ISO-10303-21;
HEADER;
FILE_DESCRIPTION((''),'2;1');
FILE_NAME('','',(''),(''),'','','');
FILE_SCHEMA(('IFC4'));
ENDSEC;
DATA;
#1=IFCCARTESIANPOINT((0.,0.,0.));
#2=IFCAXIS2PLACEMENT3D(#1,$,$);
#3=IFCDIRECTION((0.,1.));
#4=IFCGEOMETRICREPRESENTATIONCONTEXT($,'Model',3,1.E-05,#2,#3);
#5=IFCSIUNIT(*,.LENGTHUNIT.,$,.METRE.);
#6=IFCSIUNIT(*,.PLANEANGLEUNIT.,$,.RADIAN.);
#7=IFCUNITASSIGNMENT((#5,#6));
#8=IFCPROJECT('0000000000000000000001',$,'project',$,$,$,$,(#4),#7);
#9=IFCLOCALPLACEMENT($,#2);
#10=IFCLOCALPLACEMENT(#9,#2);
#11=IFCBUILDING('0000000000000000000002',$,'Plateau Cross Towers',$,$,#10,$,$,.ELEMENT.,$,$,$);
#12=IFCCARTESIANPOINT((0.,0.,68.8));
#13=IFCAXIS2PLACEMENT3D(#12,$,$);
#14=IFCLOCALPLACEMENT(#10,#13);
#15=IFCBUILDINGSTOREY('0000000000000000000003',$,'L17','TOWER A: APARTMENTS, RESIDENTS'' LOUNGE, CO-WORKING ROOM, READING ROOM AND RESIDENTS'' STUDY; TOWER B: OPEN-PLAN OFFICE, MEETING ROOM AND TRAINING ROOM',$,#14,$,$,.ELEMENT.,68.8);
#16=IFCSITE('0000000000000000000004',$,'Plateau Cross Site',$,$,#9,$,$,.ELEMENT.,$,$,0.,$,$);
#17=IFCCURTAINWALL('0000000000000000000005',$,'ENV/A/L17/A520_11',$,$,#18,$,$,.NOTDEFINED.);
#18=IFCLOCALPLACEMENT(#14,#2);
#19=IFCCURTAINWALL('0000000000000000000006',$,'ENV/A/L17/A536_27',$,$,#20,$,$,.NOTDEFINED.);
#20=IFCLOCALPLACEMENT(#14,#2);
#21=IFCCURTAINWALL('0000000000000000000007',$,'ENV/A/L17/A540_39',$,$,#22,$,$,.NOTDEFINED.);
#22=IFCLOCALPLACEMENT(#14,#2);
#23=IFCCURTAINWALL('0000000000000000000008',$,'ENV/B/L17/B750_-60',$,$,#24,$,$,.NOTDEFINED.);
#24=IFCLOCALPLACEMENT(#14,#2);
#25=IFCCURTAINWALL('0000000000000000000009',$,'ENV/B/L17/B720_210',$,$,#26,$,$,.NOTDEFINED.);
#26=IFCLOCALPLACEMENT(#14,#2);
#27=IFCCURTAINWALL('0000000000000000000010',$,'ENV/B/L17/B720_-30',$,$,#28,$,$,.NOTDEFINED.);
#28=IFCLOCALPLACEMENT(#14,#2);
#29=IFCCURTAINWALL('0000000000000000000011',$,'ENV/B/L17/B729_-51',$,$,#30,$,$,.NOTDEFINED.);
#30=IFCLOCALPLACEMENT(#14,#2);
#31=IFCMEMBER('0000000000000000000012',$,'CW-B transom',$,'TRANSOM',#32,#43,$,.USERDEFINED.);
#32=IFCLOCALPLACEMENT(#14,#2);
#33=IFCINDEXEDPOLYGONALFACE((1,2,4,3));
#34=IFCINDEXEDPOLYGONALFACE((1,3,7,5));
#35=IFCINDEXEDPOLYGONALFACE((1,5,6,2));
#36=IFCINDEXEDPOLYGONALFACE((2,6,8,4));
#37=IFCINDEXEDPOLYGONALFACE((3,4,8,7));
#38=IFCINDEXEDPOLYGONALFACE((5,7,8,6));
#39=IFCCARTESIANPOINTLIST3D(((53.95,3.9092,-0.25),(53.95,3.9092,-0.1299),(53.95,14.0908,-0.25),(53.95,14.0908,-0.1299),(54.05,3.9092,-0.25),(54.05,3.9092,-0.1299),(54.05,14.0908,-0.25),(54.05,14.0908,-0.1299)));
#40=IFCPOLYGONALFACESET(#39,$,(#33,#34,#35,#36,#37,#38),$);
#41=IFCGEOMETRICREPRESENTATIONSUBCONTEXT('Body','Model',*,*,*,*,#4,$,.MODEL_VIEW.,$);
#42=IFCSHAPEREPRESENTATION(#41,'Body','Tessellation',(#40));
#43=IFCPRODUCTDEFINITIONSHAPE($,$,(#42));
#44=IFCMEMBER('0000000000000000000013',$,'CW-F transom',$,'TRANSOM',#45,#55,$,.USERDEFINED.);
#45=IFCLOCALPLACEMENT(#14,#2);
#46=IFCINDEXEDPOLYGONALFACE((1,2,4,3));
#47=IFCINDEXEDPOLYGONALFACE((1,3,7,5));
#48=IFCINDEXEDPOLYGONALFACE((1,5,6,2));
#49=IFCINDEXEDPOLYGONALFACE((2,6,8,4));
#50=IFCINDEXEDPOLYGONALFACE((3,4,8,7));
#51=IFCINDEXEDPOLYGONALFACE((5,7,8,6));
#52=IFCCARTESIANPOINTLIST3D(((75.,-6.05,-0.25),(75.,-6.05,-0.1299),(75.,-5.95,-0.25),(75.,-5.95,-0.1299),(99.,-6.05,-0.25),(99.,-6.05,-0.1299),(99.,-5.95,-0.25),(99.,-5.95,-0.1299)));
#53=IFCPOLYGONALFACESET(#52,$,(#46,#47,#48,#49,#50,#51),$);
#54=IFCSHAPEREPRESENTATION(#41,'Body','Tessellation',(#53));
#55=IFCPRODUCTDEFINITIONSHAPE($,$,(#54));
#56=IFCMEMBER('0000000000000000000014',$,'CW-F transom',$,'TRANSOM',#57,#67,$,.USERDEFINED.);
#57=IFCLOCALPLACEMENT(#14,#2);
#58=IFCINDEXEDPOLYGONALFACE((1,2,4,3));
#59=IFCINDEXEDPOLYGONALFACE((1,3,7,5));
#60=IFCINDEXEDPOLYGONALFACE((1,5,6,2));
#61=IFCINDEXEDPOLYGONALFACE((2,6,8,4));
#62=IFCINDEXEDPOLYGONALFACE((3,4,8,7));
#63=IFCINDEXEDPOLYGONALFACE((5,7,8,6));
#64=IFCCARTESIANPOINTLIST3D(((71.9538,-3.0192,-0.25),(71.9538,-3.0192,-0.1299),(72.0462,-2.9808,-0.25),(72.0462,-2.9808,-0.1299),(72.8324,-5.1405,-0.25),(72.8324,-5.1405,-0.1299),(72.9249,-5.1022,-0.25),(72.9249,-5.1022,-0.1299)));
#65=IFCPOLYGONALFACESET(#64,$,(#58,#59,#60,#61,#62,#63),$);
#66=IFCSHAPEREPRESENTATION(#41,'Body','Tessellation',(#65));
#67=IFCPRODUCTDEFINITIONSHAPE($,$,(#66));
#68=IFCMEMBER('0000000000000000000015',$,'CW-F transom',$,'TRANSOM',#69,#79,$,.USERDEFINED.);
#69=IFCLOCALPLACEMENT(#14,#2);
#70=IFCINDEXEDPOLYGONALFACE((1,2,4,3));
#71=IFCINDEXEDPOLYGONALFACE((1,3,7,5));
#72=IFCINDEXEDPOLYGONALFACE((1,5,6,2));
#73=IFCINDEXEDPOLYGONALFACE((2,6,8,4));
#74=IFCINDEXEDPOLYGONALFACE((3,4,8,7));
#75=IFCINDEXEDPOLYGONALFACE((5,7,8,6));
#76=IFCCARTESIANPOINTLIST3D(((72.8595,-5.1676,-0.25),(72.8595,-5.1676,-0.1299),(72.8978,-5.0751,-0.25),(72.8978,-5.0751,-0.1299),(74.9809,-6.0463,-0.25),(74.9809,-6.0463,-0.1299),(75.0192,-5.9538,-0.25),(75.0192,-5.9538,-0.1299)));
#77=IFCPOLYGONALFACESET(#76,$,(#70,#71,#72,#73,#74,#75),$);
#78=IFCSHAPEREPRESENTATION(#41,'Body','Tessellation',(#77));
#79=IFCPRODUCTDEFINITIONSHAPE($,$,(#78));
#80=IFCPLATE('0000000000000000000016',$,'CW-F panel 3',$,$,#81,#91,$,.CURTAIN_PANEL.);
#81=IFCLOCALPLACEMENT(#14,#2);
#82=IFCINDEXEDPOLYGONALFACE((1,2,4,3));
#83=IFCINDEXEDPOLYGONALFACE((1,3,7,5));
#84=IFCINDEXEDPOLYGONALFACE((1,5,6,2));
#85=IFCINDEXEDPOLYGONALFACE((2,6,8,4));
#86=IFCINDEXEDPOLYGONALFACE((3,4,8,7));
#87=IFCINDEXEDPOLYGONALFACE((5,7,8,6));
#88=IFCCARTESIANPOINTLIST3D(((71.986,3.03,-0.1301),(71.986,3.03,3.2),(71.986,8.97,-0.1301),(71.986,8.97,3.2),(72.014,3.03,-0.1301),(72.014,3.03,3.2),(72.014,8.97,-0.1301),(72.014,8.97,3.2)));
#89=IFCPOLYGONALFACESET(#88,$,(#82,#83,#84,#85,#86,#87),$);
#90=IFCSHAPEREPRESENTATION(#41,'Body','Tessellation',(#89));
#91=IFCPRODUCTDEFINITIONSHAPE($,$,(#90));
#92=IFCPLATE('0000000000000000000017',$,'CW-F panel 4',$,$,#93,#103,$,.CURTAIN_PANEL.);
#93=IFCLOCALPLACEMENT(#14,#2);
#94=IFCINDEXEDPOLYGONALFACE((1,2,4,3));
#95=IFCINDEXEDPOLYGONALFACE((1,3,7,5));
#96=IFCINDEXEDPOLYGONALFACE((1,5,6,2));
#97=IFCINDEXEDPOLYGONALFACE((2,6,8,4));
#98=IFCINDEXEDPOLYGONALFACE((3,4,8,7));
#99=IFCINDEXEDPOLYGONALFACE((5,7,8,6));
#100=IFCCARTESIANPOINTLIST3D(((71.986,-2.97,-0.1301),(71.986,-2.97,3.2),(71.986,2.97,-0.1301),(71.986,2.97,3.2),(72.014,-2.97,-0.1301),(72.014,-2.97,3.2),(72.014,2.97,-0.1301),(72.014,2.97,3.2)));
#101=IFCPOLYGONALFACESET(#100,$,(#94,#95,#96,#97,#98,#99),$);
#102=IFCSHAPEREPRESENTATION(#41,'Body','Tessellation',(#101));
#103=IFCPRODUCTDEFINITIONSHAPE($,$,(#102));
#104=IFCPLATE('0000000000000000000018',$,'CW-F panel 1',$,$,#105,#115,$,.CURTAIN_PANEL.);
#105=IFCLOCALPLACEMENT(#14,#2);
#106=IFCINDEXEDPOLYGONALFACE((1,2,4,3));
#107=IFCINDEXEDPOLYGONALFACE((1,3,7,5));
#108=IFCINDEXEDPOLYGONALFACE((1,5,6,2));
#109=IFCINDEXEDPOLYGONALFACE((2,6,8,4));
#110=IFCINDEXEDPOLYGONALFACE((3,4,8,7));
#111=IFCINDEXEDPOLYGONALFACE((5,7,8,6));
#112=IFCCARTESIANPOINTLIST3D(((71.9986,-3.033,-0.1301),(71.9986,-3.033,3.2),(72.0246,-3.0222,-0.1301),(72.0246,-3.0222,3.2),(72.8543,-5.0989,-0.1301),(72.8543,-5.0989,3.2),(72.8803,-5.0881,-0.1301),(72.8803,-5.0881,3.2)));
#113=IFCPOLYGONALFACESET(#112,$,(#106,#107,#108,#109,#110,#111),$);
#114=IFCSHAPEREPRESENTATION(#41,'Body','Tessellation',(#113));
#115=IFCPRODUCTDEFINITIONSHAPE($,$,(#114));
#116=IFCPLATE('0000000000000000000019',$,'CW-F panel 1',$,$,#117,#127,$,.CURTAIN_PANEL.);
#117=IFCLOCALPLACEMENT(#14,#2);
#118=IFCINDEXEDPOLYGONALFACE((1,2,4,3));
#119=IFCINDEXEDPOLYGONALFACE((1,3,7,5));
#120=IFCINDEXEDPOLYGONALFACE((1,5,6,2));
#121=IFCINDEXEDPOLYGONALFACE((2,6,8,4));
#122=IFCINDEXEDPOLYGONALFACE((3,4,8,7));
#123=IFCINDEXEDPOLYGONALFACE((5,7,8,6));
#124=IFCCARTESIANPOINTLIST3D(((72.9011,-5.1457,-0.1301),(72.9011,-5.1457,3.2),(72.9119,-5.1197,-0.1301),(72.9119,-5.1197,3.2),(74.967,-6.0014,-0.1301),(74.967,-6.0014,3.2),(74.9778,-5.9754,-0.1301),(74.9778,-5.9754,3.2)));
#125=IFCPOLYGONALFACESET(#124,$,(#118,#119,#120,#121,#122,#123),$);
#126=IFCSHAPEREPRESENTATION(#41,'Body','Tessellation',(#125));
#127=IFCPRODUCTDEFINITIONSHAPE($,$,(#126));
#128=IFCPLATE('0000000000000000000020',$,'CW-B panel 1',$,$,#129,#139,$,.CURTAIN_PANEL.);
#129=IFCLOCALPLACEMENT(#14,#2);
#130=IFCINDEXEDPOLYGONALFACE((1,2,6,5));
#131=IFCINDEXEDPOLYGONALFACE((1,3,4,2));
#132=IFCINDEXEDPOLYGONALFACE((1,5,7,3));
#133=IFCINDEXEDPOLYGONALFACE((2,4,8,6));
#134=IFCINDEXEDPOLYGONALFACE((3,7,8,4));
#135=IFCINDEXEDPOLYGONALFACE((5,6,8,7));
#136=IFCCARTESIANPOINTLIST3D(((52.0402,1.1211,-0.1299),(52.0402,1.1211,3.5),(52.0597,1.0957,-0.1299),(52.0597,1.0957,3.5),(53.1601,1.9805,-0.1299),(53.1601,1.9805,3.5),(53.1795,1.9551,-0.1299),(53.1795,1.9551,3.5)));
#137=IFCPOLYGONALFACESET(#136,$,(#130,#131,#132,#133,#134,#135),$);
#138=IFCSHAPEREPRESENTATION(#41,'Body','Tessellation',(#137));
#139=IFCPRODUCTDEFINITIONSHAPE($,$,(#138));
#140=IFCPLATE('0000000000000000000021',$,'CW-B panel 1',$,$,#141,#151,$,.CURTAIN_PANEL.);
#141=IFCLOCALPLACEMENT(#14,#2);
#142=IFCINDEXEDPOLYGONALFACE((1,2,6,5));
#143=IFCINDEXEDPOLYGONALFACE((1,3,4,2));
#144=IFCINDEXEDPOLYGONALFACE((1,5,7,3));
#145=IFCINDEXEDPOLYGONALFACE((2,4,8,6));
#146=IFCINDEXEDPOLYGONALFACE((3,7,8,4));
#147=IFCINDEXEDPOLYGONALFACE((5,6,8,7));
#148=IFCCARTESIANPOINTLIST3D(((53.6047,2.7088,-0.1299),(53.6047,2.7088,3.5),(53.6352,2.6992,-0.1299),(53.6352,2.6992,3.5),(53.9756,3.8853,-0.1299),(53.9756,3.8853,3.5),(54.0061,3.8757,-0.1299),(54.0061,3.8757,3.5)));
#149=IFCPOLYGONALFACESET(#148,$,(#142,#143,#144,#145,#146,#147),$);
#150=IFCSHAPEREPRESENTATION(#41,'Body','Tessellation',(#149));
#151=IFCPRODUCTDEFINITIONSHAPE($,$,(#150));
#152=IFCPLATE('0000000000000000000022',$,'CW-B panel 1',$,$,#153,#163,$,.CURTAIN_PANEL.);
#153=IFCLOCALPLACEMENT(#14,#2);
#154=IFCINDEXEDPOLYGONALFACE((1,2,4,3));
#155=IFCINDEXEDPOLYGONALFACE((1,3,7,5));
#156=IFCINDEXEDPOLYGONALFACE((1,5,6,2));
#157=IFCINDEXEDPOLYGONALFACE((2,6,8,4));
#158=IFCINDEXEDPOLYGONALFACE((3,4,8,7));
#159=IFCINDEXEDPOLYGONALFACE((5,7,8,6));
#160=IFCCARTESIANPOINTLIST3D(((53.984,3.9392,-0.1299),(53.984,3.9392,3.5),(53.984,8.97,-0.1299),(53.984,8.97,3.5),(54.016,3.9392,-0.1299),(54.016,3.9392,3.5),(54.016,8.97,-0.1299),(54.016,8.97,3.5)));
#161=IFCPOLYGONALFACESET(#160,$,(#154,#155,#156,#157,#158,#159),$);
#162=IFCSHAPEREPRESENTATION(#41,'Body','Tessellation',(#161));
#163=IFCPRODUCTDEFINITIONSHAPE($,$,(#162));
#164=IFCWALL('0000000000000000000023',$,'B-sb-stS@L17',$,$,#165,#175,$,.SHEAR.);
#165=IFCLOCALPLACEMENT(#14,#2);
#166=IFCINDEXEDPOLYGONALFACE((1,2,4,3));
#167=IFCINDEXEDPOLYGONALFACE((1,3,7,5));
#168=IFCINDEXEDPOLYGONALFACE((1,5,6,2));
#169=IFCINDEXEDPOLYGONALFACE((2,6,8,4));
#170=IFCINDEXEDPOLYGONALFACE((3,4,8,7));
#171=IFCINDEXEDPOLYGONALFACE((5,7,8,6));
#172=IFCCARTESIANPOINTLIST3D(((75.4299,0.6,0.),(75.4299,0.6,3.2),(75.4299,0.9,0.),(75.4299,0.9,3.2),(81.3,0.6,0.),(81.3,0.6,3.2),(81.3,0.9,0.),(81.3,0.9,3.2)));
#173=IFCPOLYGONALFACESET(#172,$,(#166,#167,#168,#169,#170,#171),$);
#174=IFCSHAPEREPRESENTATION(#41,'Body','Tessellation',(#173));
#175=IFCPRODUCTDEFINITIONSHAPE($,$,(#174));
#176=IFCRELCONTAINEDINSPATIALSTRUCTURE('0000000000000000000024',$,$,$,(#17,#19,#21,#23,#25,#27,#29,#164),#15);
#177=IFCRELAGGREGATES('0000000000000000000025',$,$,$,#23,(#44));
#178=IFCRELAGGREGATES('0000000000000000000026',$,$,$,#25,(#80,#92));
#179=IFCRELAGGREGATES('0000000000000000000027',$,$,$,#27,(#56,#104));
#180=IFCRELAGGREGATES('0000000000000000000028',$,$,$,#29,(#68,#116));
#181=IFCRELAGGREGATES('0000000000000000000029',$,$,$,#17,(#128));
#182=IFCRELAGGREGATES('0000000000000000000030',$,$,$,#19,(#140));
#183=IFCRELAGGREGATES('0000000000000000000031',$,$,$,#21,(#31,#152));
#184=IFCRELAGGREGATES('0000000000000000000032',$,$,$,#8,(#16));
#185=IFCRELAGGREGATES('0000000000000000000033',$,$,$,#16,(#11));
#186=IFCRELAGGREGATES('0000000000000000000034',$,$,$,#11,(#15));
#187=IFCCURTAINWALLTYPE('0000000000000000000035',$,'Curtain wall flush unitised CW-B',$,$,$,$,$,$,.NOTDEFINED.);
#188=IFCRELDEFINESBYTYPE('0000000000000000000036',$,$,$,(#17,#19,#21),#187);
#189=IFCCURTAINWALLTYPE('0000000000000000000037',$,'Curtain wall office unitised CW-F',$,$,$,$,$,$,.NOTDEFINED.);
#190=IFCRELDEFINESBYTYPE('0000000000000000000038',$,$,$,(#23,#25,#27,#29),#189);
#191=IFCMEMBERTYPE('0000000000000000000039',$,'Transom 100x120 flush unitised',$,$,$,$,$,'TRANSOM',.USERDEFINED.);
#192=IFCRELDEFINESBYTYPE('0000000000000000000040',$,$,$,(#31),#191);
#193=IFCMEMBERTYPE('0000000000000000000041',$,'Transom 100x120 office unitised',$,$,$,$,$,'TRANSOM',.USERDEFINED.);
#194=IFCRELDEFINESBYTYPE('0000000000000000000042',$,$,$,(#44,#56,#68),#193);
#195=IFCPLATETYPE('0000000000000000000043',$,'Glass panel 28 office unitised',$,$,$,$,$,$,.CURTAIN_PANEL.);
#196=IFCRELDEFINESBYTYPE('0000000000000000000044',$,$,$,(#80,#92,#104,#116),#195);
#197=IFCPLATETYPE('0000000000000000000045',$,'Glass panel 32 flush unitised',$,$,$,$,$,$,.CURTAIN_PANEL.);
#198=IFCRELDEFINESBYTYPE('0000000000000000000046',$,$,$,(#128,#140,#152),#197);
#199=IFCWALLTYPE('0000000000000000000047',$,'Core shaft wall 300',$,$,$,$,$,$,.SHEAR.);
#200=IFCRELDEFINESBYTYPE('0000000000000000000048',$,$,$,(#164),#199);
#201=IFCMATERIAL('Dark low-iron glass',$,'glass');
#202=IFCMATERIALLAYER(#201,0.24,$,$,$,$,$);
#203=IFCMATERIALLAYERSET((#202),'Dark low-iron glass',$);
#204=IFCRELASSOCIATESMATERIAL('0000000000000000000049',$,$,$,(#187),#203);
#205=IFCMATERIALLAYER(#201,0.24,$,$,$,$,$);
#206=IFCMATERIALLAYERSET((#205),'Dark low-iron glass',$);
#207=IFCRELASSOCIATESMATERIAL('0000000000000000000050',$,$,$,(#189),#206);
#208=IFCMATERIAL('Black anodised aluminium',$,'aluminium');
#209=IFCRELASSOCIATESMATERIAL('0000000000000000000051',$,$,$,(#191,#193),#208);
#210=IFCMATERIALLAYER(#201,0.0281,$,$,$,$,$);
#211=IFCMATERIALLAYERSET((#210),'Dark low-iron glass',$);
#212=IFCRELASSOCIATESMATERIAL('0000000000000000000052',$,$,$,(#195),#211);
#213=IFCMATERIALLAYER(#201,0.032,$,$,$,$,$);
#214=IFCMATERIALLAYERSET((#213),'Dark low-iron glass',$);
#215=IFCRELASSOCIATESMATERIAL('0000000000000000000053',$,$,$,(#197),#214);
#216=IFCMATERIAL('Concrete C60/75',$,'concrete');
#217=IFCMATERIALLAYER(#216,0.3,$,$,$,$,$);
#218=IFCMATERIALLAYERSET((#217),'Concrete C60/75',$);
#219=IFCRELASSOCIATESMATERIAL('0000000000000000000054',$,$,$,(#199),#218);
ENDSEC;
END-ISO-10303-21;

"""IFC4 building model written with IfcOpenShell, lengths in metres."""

from ifc_helpers import new_model, si_unit, direction, frame, frame_2d, origin, origin_2d, place, context, subcontext, project, spatial, rectangle, extrude, material, layer, layer_set, material_profile, profile_set, type_object, element, aggregate, save


model = new_model("IFC4")

# Units and contexts
model_context = context("Model", 3, precision=1e-05, world=origin(), true_north=direction((0.0, 1.0)))
body_context = subcontext(model_context, "Body", "Model", "MODEL_VIEW")
ifc_project = project(units=[si_unit("LENGTHUNIT", "METRE"), si_unit("PLANEANGLEUNIT", "RADIAN")], contexts=[model_context])

# Site, building, storey
site_placement = place(None, origin())
site = spatial("IfcSite", under=ifc_project, at=site_placement, Name="Plateau Cross Site", CompositionType="ELEMENT", RefElevation=0.0)
building_placement = place(site_placement, origin())
building = spatial("IfcBuilding", under=site, at=building_placement, Name="Plateau Cross Towers", CompositionType="ELEMENT")
storey_placement = place(building_placement, frame((0.0, 0.0, 68.8)))
storey = spatial("IfcBuildingStorey", under=building, at=storey_placement, Name="L17", Description="TOWER A: APARTMENTS, RESIDENTS' LOUNGE, CO-WORKING ROOM, READING ROOM AND RESIDENTS' STUDY; TOWER B: OPEN-PLAN OFFICE, MEETING ROOM AND TRAINING ROOM", CompositionType="ELEMENT", Elevation=68.8)

# Shared definitions
ifc_material_1 = material(Name="Concrete C60/75", Category="concrete")

# Curtain wall
ifc_material_2 = material(Name="Dark low-iron glass", Category="glass")
ifc_layer_1 = layer(ifc_material_2, 0.24)
ifc_layer_set_1 = layer_set([ifc_layer_1], Name="Dark low-iron glass")
curtain_wall_type_1 = type_object("IfcCurtainWallType", Name="Curtain wall flush unitised CW-B", PredefinedType="NOTDEFINED", material=ifc_layer_set_1)
curtain_wall_1_placement = place(storey_placement, origin())
curtain_wall_1 = element("IfcCurtainWall", 1, at=curtain_wall_1_placement, inside=storey, type_object=curtain_wall_type_1, Name="ENV/A/L17/A520_11", PredefinedType="NOTDEFINED")
ifc_material_3 = material(Name="Black anodised aluminium", Category="aluminium")

# Curtain walls
curtain_wall_2_placement = place(storey_placement, origin())
curtain_wall_2 = element("IfcCurtainWall", 2, at=curtain_wall_2_placement, inside=storey, type_object=curtain_wall_type_1, Name="ENV/A/L17/A536_27", PredefinedType="NOTDEFINED")
curtain_wall_3_placement = place(storey_placement, origin())
curtain_wall_3 = element("IfcCurtainWall", 3, at=curtain_wall_3_placement, inside=storey, type_object=curtain_wall_type_1, Name="ENV/A/L17/A540_39", PredefinedType="NOTDEFINED")
ifc_layer_2 = layer(ifc_material_2, 0.24)
ifc_layer_set_2 = layer_set([ifc_layer_2], Name="Dark low-iron glass")
curtain_wall_type_2 = type_object("IfcCurtainWallType", Name="Curtain wall office unitised CW-F", PredefinedType="NOTDEFINED", material=ifc_layer_set_2)
curtain_wall_4_placement = place(storey_placement, origin())
curtain_wall_4 = element("IfcCurtainWall", 4, at=curtain_wall_4_placement, inside=storey, type_object=curtain_wall_type_2, Name="ENV/B/L17/B750_-60", PredefinedType="NOTDEFINED")
curtain_wall_5_placement = place(storey_placement, origin())
curtain_wall_5 = element("IfcCurtainWall", 5, at=curtain_wall_5_placement, inside=storey, type_object=curtain_wall_type_2, Name="ENV/B/L17/B720_210", PredefinedType="NOTDEFINED")
curtain_wall_6_placement = place(storey_placement, origin())
curtain_wall_6 = element("IfcCurtainWall", 6, at=curtain_wall_6_placement, inside=storey, type_object=curtain_wall_type_2, Name="ENV/B/L17/B720_-30", PredefinedType="NOTDEFINED")
curtain_wall_7_placement = place(storey_placement, origin())
curtain_wall_7 = element("IfcCurtainWall", 7, at=curtain_wall_7_placement, inside=storey, type_object=curtain_wall_type_2, Name="ENV/B/L17/B729_-51", PredefinedType="NOTDEFINED")

# Members
ifc_material_profile_1 = material_profile(ifc_material_3, rectangle(XDim=0.1001, YDim=0.1201, at=origin_2d()), Name="TRANSOM 100x120")
ifc_profile_set_1 = profile_set([ifc_material_profile_1], Name="Black anodised aluminium")
member_type_1 = type_object("IfcMemberType", Name="Transom 100x120 flush unitised", ElementType="TRANSOM", PredefinedType="USERDEFINED", material=ifc_profile_set_1)
member_1_placement = place(storey_placement, frame((54.0, 3.9092, -0.1899), z_axis=(0.0, 1.0, 0.0), x_axis=(-1.0, 0.0, 0.0)))
member_1 = element("IfcMember", 8, at=member_1_placement, type_object=member_type_1, Name="CW-B transom", ObjectType="TRANSOM", PredefinedType="USERDEFINED", context=body_context, shape_type="SweptSolid", body=[
    extrude(rectangle(XDim=0.1001, YDim=0.1201, at=origin_2d()), origin(), (0.0, 0.0, 1.0), 10.1816),
])
ifc_material_profile_2 = material_profile(ifc_material_3, rectangle(XDim=0.1001, YDim=0.1201, at=origin_2d()), Name="TRANSOM 100x120")
ifc_profile_set_2 = profile_set([ifc_material_profile_2], Name="Black anodised aluminium")
member_type_2 = type_object("IfcMemberType", Name="Transom 100x120 office unitised", ElementType="TRANSOM", PredefinedType="USERDEFINED", material=ifc_profile_set_2)
member_2_placement = place(storey_placement, frame((75.0, -6.0, -0.1899), z_axis=(1.0, 0.0, 0.0), x_axis=(0.0, 1.0, 0.0)))
member_2 = element("IfcMember", 9, at=member_2_placement, type_object=member_type_2, Name="CW-F transom", ObjectType="TRANSOM", PredefinedType="USERDEFINED", context=body_context, shape_type="SweptSolid", body=[
    extrude(rectangle(XDim=0.1001, YDim=0.1201, at=origin_2d()), origin(), (0.0, 0.0, 1.0), 24.0),
])
aggregate(curtain_wall_4, [member_2])
member_3_placement = place(storey_placement, frame((72.0, -3.0, -0.1899), z_axis=(0.382674, -0.923883, 0.0), x_axis=(0.923883, 0.382674, 0.0)))
member_3 = element("IfcMember", 10, at=member_3_placement, type_object=member_type_2, Name="CW-F transom", ObjectType="TRANSOM", PredefinedType="USERDEFINED", context=body_context, shape_type="SweptSolid", body=[
    extrude(rectangle(XDim=0.1001, YDim=0.1201, at=origin_2d()), origin(), (0.0, 0.0, 1.0), 2.2961),
])
member_4_placement = place(storey_placement, frame((72.8787, -5.1213, -0.1899), z_axis=(0.923883, -0.382674, 0.0), x_axis=(0.382674, 0.923883, 0.0)))
member_4 = element("IfcMember", 11, at=member_4_placement, type_object=member_type_2, Name="CW-F transom", ObjectType="TRANSOM", PredefinedType="USERDEFINED", context=body_context, shape_type="SweptSolid", body=[
    extrude(rectangle(XDim=0.1001, YDim=0.1201, at=origin_2d()), origin(), (0.0, 0.0, 1.0), 2.2961),
])

# Plates
ifc_layer_3 = layer(ifc_material_2, 0.0281)
ifc_layer_set_3 = layer_set([ifc_layer_3], Name="Dark low-iron glass")
plate_type_1 = type_object("IfcPlateType", Name="Glass panel 28 office unitised", PredefinedType="CURTAIN_PANEL", material=ifc_layer_set_3)
plate_1_placement = place(storey_placement, frame((72.0, 6.0, -0.1301), z_axis=(0.0, 0.0, 1.0), x_axis=(0.0, -1.0, 0.0)))
plate_1 = element("IfcPlate", 12, at=plate_1_placement, type_object=plate_type_1, Name="CW-F panel 3", PredefinedType="CURTAIN_PANEL", context=body_context, shape_type="SweptSolid", body=[
    extrude(rectangle(XDim=5.9399, YDim=0.0281, at=origin_2d()), origin(), (0.0, 0.0, 1.0), 3.3301),
])
plate_2_placement = place(storey_placement, frame((72.0, 0.0, -0.1301), z_axis=(0.0, 0.0, 1.0), x_axis=(0.0, -1.0, 0.0)))
plate_2 = element("IfcPlate", 13, at=plate_2_placement, type_object=plate_type_1, Name="CW-F panel 4", PredefinedType="CURTAIN_PANEL", context=body_context, shape_type="SweptSolid", body=[
    extrude(rectangle(XDim=5.9399, YDim=0.0281, at=origin_2d()), origin(), (0.0, 0.0, 1.0), 3.3301),
])
aggregate(curtain_wall_5, [plate_1, plate_2])
plate_3_placement = place(storey_placement, frame((72.4395, -4.0605, -0.1301), z_axis=(0.0, 0.0, 1.0), x_axis=(0.382684, -0.923879, 0.0)))
plate_3 = element("IfcPlate", 14, at=plate_3_placement, type_object=plate_type_1, Name="CW-F panel 1", PredefinedType="CURTAIN_PANEL", context=body_context, shape_type="SweptSolid", body=[
    extrude(rectangle(XDim=2.2361, YDim=0.0281, at=origin_2d()), origin(), (0.0, 0.0, 1.0), 3.3301),
])
aggregate(curtain_wall_6, [member_3, plate_3])
plate_4_placement = place(storey_placement, frame((73.9395, -5.5605, -0.1301), z_axis=(0.0, 0.0, 1.0), x_axis=(0.923879, -0.382684, 0.0)))
plate_4 = element("IfcPlate", 15, at=plate_4_placement, type_object=plate_type_1, Name="CW-F panel 1", PredefinedType="CURTAIN_PANEL", context=body_context, shape_type="SweptSolid", body=[
    extrude(rectangle(XDim=2.2361, YDim=0.0281, at=origin_2d()), origin(), (0.0, 0.0, 1.0), 3.3301),
])
aggregate(curtain_wall_7, [member_4, plate_4])
ifc_layer_4 = layer(ifc_material_2, 0.032)
ifc_layer_set_4 = layer_set([ifc_layer_4], Name="Dark low-iron glass")
plate_type_2 = type_object("IfcPlateType", Name="Glass panel 32 flush unitised", PredefinedType="CURTAIN_PANEL", material=ifc_layer_set_4)
plate_5_placement = place(storey_placement, frame((52.6099, 1.5381, -0.1299), z_axis=(0.0, 0.0, 1.0), x_axis=(0.793316, 0.608811, 0.0)))
plate_5 = element("IfcPlate", 16, at=plate_5_placement, type_object=plate_type_2, Name="CW-B panel 1", PredefinedType="CURTAIN_PANEL", context=body_context, shape_type="SweptSolid", body=[
    extrude(rectangle(XDim=1.4116, YDim=0.032, at=origin_2d()), origin(), (0.0, 0.0, 1.0), 3.6299),
])
aggregate(curtain_wall_1, [plate_5])
plate_6_placement = place(storey_placement, frame((53.8054, 3.2922, -0.1299), z_axis=(0.0, 0.0, 1.0), x_axis=(0.300686, 0.953723, 0.0)))
plate_6 = element("IfcPlate", 17, at=plate_6_placement, type_object=plate_type_2, Name="CW-B panel 1", PredefinedType="CURTAIN_PANEL", context=body_context, shape_type="SweptSolid", body=[
    extrude(rectangle(XDim=1.2336, YDim=0.032, at=origin_2d()), origin(), (0.0, 0.0, 1.0), 3.6299),
])
aggregate(curtain_wall_2, [plate_6])
plate_7_placement = place(storey_placement, frame((54.0, 6.4546, -0.1299), z_axis=(0.0, 0.0, 1.0), x_axis=(0.0, 1.0, 0.0)))
plate_7 = element("IfcPlate", 18, at=plate_7_placement, type_object=plate_type_2, Name="CW-B panel 1", PredefinedType="CURTAIN_PANEL", context=body_context, shape_type="SweptSolid", body=[
    extrude(rectangle(XDim=5.0308, YDim=0.032, at=origin_2d()), origin(), (0.0, 0.0, 1.0), 3.6299),
])
aggregate(curtain_wall_3, [member_1, plate_7])

# Wall
ifc_layer_5 = layer(ifc_material_1, 0.3)
ifc_layer_set_5 = layer_set([ifc_layer_5], Name="Concrete C60/75")
wall_type_1 = type_object("IfcWallType", Name="Core shaft wall 300", PredefinedType="SHEAR", material=ifc_layer_set_5)
wall_1_placement = place(storey_placement, frame((75.4299, 0.75, 0.0), z_axis=(0.0, 0.0, 1.0), x_axis=(1.0, 0.0, 0.0)))
element("IfcWall", 19, at=wall_1_placement, inside=storey, type_object=wall_type_1, Name="B-sb-stS@L17", PredefinedType="SHEAR", context=body_context, shape_type="SweptSolid", body=[
    extrude(rectangle(XDim=5.8701, YDim=0.3, at=frame_2d((2.9351, 0.0))), origin(), (0.0, 0.0, 1.0), 3.2),
])

save(model, "model.ifc")
